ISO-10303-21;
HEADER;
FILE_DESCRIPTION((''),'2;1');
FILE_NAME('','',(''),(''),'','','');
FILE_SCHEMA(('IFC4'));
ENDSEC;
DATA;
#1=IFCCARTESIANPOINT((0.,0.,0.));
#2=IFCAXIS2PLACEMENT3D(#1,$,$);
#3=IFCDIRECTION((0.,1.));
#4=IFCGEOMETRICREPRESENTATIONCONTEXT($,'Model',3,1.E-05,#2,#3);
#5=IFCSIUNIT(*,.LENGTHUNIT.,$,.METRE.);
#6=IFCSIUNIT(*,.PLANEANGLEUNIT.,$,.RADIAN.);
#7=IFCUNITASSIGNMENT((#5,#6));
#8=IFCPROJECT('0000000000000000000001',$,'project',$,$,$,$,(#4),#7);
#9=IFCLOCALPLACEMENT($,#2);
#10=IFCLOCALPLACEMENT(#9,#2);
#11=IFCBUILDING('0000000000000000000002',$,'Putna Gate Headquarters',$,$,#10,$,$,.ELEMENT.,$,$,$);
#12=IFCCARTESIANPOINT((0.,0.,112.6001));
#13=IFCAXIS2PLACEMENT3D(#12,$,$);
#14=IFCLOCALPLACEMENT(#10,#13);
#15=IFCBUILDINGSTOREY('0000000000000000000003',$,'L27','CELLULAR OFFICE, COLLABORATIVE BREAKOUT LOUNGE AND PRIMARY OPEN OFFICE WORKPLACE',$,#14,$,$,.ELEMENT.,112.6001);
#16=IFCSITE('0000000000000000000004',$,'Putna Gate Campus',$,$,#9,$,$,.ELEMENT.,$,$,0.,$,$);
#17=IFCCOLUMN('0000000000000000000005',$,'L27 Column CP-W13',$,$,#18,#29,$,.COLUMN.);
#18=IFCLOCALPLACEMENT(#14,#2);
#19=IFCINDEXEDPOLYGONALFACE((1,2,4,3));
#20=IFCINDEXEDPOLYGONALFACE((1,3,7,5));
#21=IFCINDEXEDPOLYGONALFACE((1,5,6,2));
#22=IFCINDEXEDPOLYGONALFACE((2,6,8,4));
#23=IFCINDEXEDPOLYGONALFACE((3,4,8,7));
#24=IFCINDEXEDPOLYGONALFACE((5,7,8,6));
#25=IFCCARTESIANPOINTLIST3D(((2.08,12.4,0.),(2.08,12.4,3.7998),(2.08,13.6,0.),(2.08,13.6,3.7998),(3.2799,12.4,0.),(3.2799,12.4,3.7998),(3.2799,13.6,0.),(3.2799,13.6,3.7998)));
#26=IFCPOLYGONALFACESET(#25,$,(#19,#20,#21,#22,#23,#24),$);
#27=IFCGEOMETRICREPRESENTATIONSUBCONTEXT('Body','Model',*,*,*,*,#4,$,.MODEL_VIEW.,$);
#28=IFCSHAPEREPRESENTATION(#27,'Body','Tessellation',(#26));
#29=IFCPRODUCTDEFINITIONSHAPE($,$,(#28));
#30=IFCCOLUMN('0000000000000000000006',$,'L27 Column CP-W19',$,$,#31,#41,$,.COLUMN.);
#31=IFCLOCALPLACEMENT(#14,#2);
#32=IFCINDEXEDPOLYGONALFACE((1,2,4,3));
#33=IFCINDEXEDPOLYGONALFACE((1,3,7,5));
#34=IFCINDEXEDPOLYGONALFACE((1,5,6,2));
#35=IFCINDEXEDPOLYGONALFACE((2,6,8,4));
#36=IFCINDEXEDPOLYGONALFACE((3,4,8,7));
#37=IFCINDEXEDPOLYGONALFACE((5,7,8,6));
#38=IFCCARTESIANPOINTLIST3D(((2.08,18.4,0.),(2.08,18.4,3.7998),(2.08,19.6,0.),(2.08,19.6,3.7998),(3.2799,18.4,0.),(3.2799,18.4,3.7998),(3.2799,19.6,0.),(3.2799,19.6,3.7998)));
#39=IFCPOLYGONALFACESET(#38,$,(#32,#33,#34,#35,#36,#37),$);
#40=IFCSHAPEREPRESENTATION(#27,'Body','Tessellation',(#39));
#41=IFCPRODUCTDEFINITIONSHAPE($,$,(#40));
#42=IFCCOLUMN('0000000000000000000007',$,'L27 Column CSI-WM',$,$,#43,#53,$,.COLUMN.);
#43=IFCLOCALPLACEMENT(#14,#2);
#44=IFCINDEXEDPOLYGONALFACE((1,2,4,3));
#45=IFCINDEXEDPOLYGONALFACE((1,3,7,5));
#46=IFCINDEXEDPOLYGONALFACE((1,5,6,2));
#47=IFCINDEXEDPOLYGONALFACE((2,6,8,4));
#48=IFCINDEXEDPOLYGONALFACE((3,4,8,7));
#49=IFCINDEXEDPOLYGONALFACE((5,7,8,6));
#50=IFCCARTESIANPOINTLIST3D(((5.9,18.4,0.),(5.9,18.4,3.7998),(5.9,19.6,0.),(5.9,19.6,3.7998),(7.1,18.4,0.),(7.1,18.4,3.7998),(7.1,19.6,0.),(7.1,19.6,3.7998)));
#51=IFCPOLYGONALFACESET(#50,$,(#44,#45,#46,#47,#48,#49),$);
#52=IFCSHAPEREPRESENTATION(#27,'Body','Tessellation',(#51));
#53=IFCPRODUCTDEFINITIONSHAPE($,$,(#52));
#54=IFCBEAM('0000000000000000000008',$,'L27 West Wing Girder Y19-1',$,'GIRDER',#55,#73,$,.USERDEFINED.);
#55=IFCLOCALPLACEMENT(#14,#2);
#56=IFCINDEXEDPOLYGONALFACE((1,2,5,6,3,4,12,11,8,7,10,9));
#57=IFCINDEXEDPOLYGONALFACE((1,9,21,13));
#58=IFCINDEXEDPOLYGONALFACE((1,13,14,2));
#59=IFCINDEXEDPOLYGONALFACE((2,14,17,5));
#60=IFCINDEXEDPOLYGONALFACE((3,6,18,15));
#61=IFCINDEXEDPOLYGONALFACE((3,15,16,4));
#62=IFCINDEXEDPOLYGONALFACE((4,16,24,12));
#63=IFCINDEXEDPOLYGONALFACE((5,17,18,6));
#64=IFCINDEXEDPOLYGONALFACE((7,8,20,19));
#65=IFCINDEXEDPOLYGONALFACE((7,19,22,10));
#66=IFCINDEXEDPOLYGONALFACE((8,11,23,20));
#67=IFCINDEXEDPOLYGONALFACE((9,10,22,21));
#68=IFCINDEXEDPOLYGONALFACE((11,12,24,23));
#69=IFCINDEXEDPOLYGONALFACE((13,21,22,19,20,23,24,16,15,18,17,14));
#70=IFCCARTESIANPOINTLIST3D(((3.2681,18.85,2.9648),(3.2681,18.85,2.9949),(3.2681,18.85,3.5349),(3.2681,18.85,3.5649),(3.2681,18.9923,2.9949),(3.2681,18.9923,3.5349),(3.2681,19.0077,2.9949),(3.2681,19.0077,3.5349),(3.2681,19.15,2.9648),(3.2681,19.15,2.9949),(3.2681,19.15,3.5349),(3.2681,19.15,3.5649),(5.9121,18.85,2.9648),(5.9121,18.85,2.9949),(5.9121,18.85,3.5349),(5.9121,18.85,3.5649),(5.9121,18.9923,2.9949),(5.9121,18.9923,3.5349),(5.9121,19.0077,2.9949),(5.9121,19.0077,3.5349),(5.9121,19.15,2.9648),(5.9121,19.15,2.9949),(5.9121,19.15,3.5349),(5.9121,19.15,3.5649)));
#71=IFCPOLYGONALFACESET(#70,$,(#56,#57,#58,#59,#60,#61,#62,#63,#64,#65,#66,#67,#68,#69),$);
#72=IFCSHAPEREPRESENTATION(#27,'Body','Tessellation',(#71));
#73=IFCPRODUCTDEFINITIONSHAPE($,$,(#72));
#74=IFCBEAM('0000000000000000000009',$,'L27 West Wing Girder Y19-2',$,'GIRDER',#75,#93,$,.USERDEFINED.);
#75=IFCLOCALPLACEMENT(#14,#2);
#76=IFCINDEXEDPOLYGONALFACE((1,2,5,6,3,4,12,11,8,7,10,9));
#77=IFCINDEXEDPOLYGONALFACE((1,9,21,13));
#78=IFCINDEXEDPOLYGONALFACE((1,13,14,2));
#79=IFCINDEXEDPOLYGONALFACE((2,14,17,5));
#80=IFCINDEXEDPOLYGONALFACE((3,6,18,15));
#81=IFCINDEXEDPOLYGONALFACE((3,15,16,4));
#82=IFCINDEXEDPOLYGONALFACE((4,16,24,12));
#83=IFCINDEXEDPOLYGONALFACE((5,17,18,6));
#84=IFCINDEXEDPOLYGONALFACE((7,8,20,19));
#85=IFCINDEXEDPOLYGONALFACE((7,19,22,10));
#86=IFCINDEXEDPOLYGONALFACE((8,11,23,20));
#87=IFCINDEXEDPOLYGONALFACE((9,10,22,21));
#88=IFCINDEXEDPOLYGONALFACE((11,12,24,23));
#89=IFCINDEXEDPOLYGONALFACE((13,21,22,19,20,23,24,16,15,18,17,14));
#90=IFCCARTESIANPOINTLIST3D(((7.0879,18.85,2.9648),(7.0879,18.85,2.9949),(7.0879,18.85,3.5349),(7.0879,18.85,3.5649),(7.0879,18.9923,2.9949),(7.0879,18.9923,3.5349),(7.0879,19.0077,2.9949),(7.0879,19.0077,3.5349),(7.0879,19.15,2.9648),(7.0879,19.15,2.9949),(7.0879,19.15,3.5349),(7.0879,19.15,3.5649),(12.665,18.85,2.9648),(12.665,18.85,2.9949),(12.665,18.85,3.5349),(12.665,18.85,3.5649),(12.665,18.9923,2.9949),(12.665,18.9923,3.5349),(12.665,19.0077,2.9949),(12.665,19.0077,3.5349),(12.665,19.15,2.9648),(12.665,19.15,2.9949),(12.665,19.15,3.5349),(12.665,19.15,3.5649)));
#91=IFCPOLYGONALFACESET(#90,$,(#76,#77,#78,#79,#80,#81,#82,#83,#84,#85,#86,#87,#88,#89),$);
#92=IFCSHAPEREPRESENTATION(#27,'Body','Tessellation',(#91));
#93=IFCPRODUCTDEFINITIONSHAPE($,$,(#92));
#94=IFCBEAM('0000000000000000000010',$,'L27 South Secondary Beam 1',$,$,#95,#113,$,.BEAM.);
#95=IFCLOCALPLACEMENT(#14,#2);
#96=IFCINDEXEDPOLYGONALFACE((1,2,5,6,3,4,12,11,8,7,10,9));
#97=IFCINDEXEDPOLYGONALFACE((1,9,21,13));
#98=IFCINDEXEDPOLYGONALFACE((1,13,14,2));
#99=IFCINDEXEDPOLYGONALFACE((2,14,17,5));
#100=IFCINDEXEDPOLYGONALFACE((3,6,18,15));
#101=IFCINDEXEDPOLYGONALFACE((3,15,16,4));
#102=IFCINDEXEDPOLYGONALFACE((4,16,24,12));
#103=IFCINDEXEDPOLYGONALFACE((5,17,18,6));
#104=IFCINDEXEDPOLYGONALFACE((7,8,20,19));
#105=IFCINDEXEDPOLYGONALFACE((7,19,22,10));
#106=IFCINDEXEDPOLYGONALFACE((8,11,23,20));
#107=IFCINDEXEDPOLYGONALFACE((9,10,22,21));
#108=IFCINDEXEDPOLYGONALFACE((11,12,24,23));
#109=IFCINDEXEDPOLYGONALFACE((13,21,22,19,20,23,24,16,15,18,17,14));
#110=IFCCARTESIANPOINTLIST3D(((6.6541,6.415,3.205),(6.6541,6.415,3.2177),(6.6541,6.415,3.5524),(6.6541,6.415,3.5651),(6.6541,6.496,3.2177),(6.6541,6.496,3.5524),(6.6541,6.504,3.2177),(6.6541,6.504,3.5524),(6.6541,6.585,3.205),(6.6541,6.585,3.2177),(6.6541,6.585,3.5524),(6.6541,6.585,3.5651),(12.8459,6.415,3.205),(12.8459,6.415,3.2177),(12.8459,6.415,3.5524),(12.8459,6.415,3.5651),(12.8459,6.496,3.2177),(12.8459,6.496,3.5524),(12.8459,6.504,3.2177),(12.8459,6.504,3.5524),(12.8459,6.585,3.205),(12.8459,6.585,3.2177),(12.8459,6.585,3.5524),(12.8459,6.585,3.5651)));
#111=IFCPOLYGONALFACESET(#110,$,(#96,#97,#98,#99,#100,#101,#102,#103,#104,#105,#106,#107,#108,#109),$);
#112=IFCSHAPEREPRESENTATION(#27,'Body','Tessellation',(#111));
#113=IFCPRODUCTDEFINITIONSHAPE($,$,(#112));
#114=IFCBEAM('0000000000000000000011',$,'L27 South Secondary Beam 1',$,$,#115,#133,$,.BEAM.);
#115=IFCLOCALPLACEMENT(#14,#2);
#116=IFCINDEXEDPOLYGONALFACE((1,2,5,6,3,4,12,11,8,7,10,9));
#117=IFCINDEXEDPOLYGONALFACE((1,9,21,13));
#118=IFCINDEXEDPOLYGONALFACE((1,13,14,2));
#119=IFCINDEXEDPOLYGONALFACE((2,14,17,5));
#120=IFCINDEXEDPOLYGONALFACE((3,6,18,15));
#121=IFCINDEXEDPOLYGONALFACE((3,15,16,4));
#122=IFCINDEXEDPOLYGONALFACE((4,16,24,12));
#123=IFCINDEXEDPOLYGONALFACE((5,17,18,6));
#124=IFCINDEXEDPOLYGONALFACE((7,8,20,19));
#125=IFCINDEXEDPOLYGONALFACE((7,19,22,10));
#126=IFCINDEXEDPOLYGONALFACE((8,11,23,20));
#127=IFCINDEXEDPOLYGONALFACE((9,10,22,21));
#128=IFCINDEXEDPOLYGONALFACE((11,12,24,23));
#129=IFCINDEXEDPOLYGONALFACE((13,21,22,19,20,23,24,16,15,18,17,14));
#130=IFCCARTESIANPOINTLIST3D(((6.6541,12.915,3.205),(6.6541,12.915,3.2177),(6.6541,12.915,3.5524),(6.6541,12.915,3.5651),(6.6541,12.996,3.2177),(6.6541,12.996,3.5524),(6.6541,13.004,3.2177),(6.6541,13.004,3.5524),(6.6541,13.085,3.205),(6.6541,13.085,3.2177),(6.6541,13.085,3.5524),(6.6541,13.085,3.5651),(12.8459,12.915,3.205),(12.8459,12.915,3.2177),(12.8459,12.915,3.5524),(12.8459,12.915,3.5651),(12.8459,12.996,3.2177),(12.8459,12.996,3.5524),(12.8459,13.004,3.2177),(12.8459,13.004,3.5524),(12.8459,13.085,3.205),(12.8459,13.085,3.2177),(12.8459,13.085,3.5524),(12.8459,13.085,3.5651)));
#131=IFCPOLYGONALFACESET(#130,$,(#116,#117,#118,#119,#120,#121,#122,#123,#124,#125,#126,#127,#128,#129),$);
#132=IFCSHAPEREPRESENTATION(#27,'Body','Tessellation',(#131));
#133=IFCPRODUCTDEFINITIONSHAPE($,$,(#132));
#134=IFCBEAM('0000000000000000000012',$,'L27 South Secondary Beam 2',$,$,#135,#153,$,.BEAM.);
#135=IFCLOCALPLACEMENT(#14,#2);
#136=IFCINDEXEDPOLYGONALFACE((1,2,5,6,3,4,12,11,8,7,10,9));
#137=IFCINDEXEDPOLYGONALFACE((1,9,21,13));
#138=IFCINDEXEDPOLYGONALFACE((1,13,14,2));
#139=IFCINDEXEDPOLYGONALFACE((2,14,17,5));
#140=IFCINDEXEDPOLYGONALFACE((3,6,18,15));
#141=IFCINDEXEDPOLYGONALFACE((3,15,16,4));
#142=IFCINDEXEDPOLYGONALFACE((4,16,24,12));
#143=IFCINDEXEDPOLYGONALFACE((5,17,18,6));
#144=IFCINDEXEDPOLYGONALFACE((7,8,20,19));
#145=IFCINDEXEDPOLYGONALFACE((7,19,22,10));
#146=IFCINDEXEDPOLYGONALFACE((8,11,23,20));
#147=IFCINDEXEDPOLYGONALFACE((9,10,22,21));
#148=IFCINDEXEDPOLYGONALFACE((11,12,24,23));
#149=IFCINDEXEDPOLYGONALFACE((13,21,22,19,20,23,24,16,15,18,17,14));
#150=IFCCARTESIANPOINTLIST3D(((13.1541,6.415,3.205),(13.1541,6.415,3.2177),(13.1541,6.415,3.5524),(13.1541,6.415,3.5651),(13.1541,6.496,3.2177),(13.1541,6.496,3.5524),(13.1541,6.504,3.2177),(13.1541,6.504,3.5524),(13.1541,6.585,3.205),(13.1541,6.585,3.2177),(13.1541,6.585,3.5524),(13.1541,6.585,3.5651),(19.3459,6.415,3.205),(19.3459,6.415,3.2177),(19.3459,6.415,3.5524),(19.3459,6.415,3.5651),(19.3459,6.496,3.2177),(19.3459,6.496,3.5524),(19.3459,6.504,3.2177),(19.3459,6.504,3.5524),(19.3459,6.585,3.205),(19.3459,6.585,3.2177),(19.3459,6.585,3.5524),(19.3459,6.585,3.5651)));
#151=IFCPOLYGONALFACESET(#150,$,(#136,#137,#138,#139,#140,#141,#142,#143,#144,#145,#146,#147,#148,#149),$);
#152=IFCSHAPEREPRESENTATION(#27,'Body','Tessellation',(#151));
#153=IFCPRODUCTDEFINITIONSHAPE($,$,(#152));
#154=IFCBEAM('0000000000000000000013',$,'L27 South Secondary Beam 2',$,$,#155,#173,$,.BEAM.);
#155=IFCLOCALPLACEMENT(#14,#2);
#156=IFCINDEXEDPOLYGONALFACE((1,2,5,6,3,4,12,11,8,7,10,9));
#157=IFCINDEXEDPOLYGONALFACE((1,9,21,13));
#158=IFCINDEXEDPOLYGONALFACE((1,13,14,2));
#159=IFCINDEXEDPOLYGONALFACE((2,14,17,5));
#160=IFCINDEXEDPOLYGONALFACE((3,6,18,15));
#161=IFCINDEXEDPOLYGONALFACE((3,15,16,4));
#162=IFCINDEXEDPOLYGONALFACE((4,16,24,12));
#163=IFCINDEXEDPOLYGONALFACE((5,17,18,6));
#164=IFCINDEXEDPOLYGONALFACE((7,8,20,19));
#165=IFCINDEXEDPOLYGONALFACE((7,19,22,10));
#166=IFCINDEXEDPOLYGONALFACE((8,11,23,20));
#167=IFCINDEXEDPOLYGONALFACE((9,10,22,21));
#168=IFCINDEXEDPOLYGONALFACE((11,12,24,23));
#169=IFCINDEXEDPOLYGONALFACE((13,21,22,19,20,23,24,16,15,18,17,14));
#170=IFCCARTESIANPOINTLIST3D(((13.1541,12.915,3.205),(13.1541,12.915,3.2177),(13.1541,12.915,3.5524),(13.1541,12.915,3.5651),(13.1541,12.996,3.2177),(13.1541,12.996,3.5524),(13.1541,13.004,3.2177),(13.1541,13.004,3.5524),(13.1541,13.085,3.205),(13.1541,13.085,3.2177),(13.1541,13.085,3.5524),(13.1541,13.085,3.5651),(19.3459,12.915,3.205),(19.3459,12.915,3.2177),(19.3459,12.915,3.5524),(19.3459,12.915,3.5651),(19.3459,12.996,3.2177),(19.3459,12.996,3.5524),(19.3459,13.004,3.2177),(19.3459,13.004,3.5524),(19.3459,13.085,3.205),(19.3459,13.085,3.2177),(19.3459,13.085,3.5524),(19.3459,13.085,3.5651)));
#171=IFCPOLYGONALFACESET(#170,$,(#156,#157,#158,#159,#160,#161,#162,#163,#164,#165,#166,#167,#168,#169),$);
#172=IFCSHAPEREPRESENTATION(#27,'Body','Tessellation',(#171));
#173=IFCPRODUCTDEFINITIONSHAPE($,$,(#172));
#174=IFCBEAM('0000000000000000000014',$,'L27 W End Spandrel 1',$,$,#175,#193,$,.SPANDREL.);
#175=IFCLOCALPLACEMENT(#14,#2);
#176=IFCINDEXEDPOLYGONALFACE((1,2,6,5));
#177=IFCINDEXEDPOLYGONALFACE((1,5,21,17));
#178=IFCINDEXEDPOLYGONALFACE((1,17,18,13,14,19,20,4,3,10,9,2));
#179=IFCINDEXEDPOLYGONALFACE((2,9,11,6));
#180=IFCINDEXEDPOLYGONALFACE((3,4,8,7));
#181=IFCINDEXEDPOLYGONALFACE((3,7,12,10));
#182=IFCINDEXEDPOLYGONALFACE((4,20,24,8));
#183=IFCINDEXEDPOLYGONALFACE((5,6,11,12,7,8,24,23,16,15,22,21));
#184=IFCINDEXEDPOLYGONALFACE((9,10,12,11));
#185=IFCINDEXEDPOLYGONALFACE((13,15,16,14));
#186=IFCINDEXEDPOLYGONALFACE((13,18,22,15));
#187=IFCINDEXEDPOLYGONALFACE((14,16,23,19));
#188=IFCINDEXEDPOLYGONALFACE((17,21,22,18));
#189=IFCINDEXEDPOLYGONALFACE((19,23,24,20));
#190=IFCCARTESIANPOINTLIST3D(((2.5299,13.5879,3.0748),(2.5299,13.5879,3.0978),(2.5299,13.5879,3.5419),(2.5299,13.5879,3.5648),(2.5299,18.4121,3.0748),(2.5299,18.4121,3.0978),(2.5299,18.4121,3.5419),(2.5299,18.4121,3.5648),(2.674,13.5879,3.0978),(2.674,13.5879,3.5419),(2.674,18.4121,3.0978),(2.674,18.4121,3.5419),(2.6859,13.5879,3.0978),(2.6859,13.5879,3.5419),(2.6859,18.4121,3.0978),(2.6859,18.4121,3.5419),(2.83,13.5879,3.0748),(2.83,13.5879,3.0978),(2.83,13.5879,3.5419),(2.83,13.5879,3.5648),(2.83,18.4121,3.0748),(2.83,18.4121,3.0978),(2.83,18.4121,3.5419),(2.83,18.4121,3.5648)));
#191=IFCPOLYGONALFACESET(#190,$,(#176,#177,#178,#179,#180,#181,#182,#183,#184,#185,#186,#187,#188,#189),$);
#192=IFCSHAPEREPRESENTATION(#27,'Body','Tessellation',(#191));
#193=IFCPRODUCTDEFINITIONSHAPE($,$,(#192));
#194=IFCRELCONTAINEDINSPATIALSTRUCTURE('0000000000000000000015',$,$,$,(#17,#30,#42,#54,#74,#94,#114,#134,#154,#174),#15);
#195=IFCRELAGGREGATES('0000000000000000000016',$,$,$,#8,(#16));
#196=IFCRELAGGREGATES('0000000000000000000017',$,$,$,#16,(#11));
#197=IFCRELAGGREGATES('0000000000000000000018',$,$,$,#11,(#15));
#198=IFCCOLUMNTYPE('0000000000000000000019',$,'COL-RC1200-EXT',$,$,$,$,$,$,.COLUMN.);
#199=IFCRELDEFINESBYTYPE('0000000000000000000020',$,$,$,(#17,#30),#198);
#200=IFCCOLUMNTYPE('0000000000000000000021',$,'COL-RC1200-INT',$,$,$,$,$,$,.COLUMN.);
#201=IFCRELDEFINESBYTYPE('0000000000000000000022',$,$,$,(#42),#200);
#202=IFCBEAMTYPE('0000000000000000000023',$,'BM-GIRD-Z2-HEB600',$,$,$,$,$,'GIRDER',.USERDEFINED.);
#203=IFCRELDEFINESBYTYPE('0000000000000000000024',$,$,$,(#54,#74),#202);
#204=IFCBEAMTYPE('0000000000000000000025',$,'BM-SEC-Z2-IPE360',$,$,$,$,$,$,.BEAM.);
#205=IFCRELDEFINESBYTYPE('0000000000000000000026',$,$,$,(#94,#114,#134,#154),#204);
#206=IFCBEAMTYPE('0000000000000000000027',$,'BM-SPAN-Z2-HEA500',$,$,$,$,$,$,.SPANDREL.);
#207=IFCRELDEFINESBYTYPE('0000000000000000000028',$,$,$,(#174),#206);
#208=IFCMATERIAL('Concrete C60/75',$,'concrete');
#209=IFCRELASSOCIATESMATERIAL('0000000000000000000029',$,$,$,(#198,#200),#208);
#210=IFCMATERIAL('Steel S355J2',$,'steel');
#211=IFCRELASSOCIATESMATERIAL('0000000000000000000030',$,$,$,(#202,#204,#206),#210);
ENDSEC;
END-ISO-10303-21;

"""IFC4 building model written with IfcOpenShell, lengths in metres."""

from ifc_helpers import new_model, si_unit, direction, frame, origin, origin_2d, place, context, subcontext, project, spatial, rectangle, i_section, extrude, material, material_profile, profile_set, type_object, element, save


model = new_model("IFC4")

# Units and contexts
model_context = context("Model", 3, precision=1e-05, world=origin(), true_north=direction((0.0, 1.0)))
body_context = subcontext(model_context, "Body", "Model", "MODEL_VIEW")
ifc_project = project(units=[si_unit("LENGTHUNIT", "METRE"), si_unit("PLANEANGLEUNIT", "RADIAN")], contexts=[model_context])

# Site, building, storey
site_placement = place(None, origin())
site = spatial("IfcSite", under=ifc_project, at=site_placement, Name="Putna Gate Campus", CompositionType="ELEMENT", RefElevation=0.0)
building_placement = place(site_placement, origin())
building = spatial("IfcBuilding", under=site, at=building_placement, Name="Putna Gate Headquarters", CompositionType="ELEMENT")
storey_placement = place(building_placement, frame((0.0, 0.0, 112.6001)))
storey = spatial("IfcBuildingStorey", under=building, at=storey_placement, Name="L27", Description="CELLULAR OFFICE, COLLABORATIVE BREAKOUT LOUNGE AND PRIMARY OPEN OFFICE WORKPLACE", CompositionType="ELEMENT", Elevation=112.6001)

# Columns
ifc_material_1 = material(Name="Concrete C60/75", Category="concrete")
ifc_material_profile_1 = material_profile(ifc_material_1, rectangle(XDim=1.2, YDim=1.2, at=origin_2d()), Name="Concrete C60/75")
ifc_profile_set_1 = profile_set([ifc_material_profile_1], Name="Concrete C60/75")
column_type_1 = type_object("IfcColumnType", Name="COL-RC1200-EXT", PredefinedType="COLUMN", material=ifc_profile_set_1)
for number, where, z_axis, x_axis, name in (
    (1, (2.6799, 13.0, 0.0), (0.0, 0.0, 1.0), (1.0, 0.0, 0.0), "L27 Column CP-W13"),
    (2, (2.6799, 19.0, 0.0), (0.0, 0.0, 1.0), (1.0, 0.0, 0.0), "L27 Column CP-W19"),
):
    element("IfcColumn", number, at=place(storey_placement, frame(where, z_axis=z_axis, x_axis=x_axis)), inside=storey, type_object=column_type_1, Name=name, PredefinedType="COLUMN", context=body_context, shape_type="SweptSolid", body=[
        extrude(rectangle(XDim=1.2, YDim=1.2, at=origin_2d()), origin(), (0.0, 0.0, 1.0), 3.7998),
    ])
ifc_material_profile_2 = material_profile(ifc_material_1, rectangle(XDim=1.2, YDim=1.2, at=origin_2d()), Name="Concrete C60/75")
ifc_profile_set_2 = profile_set([ifc_material_profile_2], Name="Concrete C60/75")
column_type_2 = type_object("IfcColumnType", Name="COL-RC1200-INT", PredefinedType="COLUMN", material=ifc_profile_set_2)
column_placement = place(storey_placement, frame((6.5, 19.0, 0.0), z_axis=(0.0, 0.0, 1.0), x_axis=(1.0, 0.0, 0.0)))
element("IfcColumn", 3, at=column_placement, inside=storey, type_object=column_type_2, Name="L27 Column CSI-WM", PredefinedType="COLUMN", context=body_context, shape_type="SweptSolid", body=[
    extrude(rectangle(XDim=1.2, YDim=1.2, at=origin_2d()), origin(), (0.0, 0.0, 1.0), 3.7998),
])

# Beams
ifc_material_2 = material(Name="Steel S355J2", Category="steel")
ifc_material_profile_3 = material_profile(ifc_material_2, i_section(OverallWidth=0.3, OverallDepth=0.6001, WebThickness=0.0154, FlangeThickness=0.03, at=origin_2d()), Name="Steel S355J2")
ifc_profile_set_3 = profile_set([ifc_material_profile_3], Name="Steel S355J2")
beam_type_1 = type_object("IfcBeamType", Name="BM-GIRD-Z2-HEB600", ElementType="GIRDER", PredefinedType="USERDEFINED", material=ifc_profile_set_3)
beam_1_placement = place(storey_placement, frame((3.2681, 19.0, 3.2649), z_axis=(1.0, 0.0, 0.0), x_axis=(0.0, 1.0, 0.0)))
element("IfcBeam", 4, at=beam_1_placement, inside=storey, type_object=beam_type_1, Name="L27 West Wing Girder Y19-1", ObjectType="GIRDER", PredefinedType="USERDEFINED", context=body_context, shape_type="SweptSolid", body=[
    extrude(i_section(OverallWidth=0.3, OverallDepth=0.6001, WebThickness=0.0154, FlangeThickness=0.03, at=origin_2d()), origin(), (0.0, 0.0, 1.0), 2.644),
])
beam_2_placement = place(storey_placement, frame((7.0879, 19.0, 3.2649), z_axis=(1.0, 0.0, 0.0), x_axis=(0.0, 1.0, 0.0)))
element("IfcBeam", 5, at=beam_2_placement, inside=storey, type_object=beam_type_1, Name="L27 West Wing Girder Y19-2", ObjectType="GIRDER", PredefinedType="USERDEFINED", context=body_context, shape_type="SweptSolid", body=[
    extrude(i_section(OverallWidth=0.3, OverallDepth=0.6001, WebThickness=0.0154, FlangeThickness=0.03, at=origin_2d()), origin(), (0.0, 0.0, 1.0), 5.5771),
])
ifc_material_profile_4 = material_profile(ifc_material_2, i_section(OverallWidth=0.1699, OverallDepth=0.3601, WebThickness=0.0081, FlangeThickness=0.0127, at=origin_2d()), Name="Steel S355J2")
ifc_profile_set_4 = profile_set([ifc_material_profile_4], Name="Steel S355J2")
beam_type_2 = type_object("IfcBeamType", Name="BM-SEC-Z2-IPE360", PredefinedType="BEAM", material=ifc_profile_set_4)
for number, where, z_axis, x_axis, name in (
    (6, (6.6541, 6.5, 3.385), (1.0, 0.0, 0.0), (0.0, 1.0, 0.0), "L27 South Secondary Beam 1"),
    (7, (6.6541, 13.0, 3.385), (1.0, 0.0, 0.0), (0.0, 1.0, 0.0), "L27 South Secondary Beam 1"),
    (8, (13.1541, 6.5, 3.385), (1.0, 0.0, 0.0), (0.0, 1.0, 0.0), "L27 South Secondary Beam 2"),
    (9, (13.1541, 13.0, 3.385), (1.0, 0.0, 0.0), (0.0, 1.0, 0.0), "L27 South Secondary Beam 2"),
):
    element("IfcBeam", number, at=place(storey_placement, frame(where, z_axis=z_axis, x_axis=x_axis)), inside=storey, type_object=beam_type_2, Name=name, PredefinedType="BEAM", context=body_context, shape_type="SweptSolid", body=[
        extrude(i_section(OverallWidth=0.1699, OverallDepth=0.3601, WebThickness=0.0081, FlangeThickness=0.0127, at=origin_2d()), origin(), (0.0, 0.0, 1.0), 6.1919),
    ])
ifc_material_profile_5 = material_profile(ifc_material_2, i_section(OverallWidth=0.3, OverallDepth=0.49, WebThickness=0.012, FlangeThickness=0.0229, at=origin_2d()), Name="Steel S355J2")
ifc_profile_set_5 = profile_set([ifc_material_profile_5], Name="Steel S355J2")
beam_type_3 = type_object("IfcBeamType", Name="BM-SPAN-Z2-HEA500", PredefinedType="SPANDREL", material=ifc_profile_set_5)
beam_3_placement = place(storey_placement, frame((2.6799, 13.5879, 3.3198), z_axis=(0.0, 1.0, 0.0), x_axis=(-1.0, 0.0, 0.0)))
element("IfcBeam", 10, at=beam_3_placement, inside=storey, type_object=beam_type_3, Name="L27 W End Spandrel 1", PredefinedType="SPANDREL", context=body_context, shape_type="SweptSolid", body=[
    extrude(i_section(OverallWidth=0.3, OverallDepth=0.49, WebThickness=0.012, FlangeThickness=0.0229, at=origin_2d()), origin(), (0.0, 0.0, 1.0), 4.8242),
])

save(model, "model.ifc")
